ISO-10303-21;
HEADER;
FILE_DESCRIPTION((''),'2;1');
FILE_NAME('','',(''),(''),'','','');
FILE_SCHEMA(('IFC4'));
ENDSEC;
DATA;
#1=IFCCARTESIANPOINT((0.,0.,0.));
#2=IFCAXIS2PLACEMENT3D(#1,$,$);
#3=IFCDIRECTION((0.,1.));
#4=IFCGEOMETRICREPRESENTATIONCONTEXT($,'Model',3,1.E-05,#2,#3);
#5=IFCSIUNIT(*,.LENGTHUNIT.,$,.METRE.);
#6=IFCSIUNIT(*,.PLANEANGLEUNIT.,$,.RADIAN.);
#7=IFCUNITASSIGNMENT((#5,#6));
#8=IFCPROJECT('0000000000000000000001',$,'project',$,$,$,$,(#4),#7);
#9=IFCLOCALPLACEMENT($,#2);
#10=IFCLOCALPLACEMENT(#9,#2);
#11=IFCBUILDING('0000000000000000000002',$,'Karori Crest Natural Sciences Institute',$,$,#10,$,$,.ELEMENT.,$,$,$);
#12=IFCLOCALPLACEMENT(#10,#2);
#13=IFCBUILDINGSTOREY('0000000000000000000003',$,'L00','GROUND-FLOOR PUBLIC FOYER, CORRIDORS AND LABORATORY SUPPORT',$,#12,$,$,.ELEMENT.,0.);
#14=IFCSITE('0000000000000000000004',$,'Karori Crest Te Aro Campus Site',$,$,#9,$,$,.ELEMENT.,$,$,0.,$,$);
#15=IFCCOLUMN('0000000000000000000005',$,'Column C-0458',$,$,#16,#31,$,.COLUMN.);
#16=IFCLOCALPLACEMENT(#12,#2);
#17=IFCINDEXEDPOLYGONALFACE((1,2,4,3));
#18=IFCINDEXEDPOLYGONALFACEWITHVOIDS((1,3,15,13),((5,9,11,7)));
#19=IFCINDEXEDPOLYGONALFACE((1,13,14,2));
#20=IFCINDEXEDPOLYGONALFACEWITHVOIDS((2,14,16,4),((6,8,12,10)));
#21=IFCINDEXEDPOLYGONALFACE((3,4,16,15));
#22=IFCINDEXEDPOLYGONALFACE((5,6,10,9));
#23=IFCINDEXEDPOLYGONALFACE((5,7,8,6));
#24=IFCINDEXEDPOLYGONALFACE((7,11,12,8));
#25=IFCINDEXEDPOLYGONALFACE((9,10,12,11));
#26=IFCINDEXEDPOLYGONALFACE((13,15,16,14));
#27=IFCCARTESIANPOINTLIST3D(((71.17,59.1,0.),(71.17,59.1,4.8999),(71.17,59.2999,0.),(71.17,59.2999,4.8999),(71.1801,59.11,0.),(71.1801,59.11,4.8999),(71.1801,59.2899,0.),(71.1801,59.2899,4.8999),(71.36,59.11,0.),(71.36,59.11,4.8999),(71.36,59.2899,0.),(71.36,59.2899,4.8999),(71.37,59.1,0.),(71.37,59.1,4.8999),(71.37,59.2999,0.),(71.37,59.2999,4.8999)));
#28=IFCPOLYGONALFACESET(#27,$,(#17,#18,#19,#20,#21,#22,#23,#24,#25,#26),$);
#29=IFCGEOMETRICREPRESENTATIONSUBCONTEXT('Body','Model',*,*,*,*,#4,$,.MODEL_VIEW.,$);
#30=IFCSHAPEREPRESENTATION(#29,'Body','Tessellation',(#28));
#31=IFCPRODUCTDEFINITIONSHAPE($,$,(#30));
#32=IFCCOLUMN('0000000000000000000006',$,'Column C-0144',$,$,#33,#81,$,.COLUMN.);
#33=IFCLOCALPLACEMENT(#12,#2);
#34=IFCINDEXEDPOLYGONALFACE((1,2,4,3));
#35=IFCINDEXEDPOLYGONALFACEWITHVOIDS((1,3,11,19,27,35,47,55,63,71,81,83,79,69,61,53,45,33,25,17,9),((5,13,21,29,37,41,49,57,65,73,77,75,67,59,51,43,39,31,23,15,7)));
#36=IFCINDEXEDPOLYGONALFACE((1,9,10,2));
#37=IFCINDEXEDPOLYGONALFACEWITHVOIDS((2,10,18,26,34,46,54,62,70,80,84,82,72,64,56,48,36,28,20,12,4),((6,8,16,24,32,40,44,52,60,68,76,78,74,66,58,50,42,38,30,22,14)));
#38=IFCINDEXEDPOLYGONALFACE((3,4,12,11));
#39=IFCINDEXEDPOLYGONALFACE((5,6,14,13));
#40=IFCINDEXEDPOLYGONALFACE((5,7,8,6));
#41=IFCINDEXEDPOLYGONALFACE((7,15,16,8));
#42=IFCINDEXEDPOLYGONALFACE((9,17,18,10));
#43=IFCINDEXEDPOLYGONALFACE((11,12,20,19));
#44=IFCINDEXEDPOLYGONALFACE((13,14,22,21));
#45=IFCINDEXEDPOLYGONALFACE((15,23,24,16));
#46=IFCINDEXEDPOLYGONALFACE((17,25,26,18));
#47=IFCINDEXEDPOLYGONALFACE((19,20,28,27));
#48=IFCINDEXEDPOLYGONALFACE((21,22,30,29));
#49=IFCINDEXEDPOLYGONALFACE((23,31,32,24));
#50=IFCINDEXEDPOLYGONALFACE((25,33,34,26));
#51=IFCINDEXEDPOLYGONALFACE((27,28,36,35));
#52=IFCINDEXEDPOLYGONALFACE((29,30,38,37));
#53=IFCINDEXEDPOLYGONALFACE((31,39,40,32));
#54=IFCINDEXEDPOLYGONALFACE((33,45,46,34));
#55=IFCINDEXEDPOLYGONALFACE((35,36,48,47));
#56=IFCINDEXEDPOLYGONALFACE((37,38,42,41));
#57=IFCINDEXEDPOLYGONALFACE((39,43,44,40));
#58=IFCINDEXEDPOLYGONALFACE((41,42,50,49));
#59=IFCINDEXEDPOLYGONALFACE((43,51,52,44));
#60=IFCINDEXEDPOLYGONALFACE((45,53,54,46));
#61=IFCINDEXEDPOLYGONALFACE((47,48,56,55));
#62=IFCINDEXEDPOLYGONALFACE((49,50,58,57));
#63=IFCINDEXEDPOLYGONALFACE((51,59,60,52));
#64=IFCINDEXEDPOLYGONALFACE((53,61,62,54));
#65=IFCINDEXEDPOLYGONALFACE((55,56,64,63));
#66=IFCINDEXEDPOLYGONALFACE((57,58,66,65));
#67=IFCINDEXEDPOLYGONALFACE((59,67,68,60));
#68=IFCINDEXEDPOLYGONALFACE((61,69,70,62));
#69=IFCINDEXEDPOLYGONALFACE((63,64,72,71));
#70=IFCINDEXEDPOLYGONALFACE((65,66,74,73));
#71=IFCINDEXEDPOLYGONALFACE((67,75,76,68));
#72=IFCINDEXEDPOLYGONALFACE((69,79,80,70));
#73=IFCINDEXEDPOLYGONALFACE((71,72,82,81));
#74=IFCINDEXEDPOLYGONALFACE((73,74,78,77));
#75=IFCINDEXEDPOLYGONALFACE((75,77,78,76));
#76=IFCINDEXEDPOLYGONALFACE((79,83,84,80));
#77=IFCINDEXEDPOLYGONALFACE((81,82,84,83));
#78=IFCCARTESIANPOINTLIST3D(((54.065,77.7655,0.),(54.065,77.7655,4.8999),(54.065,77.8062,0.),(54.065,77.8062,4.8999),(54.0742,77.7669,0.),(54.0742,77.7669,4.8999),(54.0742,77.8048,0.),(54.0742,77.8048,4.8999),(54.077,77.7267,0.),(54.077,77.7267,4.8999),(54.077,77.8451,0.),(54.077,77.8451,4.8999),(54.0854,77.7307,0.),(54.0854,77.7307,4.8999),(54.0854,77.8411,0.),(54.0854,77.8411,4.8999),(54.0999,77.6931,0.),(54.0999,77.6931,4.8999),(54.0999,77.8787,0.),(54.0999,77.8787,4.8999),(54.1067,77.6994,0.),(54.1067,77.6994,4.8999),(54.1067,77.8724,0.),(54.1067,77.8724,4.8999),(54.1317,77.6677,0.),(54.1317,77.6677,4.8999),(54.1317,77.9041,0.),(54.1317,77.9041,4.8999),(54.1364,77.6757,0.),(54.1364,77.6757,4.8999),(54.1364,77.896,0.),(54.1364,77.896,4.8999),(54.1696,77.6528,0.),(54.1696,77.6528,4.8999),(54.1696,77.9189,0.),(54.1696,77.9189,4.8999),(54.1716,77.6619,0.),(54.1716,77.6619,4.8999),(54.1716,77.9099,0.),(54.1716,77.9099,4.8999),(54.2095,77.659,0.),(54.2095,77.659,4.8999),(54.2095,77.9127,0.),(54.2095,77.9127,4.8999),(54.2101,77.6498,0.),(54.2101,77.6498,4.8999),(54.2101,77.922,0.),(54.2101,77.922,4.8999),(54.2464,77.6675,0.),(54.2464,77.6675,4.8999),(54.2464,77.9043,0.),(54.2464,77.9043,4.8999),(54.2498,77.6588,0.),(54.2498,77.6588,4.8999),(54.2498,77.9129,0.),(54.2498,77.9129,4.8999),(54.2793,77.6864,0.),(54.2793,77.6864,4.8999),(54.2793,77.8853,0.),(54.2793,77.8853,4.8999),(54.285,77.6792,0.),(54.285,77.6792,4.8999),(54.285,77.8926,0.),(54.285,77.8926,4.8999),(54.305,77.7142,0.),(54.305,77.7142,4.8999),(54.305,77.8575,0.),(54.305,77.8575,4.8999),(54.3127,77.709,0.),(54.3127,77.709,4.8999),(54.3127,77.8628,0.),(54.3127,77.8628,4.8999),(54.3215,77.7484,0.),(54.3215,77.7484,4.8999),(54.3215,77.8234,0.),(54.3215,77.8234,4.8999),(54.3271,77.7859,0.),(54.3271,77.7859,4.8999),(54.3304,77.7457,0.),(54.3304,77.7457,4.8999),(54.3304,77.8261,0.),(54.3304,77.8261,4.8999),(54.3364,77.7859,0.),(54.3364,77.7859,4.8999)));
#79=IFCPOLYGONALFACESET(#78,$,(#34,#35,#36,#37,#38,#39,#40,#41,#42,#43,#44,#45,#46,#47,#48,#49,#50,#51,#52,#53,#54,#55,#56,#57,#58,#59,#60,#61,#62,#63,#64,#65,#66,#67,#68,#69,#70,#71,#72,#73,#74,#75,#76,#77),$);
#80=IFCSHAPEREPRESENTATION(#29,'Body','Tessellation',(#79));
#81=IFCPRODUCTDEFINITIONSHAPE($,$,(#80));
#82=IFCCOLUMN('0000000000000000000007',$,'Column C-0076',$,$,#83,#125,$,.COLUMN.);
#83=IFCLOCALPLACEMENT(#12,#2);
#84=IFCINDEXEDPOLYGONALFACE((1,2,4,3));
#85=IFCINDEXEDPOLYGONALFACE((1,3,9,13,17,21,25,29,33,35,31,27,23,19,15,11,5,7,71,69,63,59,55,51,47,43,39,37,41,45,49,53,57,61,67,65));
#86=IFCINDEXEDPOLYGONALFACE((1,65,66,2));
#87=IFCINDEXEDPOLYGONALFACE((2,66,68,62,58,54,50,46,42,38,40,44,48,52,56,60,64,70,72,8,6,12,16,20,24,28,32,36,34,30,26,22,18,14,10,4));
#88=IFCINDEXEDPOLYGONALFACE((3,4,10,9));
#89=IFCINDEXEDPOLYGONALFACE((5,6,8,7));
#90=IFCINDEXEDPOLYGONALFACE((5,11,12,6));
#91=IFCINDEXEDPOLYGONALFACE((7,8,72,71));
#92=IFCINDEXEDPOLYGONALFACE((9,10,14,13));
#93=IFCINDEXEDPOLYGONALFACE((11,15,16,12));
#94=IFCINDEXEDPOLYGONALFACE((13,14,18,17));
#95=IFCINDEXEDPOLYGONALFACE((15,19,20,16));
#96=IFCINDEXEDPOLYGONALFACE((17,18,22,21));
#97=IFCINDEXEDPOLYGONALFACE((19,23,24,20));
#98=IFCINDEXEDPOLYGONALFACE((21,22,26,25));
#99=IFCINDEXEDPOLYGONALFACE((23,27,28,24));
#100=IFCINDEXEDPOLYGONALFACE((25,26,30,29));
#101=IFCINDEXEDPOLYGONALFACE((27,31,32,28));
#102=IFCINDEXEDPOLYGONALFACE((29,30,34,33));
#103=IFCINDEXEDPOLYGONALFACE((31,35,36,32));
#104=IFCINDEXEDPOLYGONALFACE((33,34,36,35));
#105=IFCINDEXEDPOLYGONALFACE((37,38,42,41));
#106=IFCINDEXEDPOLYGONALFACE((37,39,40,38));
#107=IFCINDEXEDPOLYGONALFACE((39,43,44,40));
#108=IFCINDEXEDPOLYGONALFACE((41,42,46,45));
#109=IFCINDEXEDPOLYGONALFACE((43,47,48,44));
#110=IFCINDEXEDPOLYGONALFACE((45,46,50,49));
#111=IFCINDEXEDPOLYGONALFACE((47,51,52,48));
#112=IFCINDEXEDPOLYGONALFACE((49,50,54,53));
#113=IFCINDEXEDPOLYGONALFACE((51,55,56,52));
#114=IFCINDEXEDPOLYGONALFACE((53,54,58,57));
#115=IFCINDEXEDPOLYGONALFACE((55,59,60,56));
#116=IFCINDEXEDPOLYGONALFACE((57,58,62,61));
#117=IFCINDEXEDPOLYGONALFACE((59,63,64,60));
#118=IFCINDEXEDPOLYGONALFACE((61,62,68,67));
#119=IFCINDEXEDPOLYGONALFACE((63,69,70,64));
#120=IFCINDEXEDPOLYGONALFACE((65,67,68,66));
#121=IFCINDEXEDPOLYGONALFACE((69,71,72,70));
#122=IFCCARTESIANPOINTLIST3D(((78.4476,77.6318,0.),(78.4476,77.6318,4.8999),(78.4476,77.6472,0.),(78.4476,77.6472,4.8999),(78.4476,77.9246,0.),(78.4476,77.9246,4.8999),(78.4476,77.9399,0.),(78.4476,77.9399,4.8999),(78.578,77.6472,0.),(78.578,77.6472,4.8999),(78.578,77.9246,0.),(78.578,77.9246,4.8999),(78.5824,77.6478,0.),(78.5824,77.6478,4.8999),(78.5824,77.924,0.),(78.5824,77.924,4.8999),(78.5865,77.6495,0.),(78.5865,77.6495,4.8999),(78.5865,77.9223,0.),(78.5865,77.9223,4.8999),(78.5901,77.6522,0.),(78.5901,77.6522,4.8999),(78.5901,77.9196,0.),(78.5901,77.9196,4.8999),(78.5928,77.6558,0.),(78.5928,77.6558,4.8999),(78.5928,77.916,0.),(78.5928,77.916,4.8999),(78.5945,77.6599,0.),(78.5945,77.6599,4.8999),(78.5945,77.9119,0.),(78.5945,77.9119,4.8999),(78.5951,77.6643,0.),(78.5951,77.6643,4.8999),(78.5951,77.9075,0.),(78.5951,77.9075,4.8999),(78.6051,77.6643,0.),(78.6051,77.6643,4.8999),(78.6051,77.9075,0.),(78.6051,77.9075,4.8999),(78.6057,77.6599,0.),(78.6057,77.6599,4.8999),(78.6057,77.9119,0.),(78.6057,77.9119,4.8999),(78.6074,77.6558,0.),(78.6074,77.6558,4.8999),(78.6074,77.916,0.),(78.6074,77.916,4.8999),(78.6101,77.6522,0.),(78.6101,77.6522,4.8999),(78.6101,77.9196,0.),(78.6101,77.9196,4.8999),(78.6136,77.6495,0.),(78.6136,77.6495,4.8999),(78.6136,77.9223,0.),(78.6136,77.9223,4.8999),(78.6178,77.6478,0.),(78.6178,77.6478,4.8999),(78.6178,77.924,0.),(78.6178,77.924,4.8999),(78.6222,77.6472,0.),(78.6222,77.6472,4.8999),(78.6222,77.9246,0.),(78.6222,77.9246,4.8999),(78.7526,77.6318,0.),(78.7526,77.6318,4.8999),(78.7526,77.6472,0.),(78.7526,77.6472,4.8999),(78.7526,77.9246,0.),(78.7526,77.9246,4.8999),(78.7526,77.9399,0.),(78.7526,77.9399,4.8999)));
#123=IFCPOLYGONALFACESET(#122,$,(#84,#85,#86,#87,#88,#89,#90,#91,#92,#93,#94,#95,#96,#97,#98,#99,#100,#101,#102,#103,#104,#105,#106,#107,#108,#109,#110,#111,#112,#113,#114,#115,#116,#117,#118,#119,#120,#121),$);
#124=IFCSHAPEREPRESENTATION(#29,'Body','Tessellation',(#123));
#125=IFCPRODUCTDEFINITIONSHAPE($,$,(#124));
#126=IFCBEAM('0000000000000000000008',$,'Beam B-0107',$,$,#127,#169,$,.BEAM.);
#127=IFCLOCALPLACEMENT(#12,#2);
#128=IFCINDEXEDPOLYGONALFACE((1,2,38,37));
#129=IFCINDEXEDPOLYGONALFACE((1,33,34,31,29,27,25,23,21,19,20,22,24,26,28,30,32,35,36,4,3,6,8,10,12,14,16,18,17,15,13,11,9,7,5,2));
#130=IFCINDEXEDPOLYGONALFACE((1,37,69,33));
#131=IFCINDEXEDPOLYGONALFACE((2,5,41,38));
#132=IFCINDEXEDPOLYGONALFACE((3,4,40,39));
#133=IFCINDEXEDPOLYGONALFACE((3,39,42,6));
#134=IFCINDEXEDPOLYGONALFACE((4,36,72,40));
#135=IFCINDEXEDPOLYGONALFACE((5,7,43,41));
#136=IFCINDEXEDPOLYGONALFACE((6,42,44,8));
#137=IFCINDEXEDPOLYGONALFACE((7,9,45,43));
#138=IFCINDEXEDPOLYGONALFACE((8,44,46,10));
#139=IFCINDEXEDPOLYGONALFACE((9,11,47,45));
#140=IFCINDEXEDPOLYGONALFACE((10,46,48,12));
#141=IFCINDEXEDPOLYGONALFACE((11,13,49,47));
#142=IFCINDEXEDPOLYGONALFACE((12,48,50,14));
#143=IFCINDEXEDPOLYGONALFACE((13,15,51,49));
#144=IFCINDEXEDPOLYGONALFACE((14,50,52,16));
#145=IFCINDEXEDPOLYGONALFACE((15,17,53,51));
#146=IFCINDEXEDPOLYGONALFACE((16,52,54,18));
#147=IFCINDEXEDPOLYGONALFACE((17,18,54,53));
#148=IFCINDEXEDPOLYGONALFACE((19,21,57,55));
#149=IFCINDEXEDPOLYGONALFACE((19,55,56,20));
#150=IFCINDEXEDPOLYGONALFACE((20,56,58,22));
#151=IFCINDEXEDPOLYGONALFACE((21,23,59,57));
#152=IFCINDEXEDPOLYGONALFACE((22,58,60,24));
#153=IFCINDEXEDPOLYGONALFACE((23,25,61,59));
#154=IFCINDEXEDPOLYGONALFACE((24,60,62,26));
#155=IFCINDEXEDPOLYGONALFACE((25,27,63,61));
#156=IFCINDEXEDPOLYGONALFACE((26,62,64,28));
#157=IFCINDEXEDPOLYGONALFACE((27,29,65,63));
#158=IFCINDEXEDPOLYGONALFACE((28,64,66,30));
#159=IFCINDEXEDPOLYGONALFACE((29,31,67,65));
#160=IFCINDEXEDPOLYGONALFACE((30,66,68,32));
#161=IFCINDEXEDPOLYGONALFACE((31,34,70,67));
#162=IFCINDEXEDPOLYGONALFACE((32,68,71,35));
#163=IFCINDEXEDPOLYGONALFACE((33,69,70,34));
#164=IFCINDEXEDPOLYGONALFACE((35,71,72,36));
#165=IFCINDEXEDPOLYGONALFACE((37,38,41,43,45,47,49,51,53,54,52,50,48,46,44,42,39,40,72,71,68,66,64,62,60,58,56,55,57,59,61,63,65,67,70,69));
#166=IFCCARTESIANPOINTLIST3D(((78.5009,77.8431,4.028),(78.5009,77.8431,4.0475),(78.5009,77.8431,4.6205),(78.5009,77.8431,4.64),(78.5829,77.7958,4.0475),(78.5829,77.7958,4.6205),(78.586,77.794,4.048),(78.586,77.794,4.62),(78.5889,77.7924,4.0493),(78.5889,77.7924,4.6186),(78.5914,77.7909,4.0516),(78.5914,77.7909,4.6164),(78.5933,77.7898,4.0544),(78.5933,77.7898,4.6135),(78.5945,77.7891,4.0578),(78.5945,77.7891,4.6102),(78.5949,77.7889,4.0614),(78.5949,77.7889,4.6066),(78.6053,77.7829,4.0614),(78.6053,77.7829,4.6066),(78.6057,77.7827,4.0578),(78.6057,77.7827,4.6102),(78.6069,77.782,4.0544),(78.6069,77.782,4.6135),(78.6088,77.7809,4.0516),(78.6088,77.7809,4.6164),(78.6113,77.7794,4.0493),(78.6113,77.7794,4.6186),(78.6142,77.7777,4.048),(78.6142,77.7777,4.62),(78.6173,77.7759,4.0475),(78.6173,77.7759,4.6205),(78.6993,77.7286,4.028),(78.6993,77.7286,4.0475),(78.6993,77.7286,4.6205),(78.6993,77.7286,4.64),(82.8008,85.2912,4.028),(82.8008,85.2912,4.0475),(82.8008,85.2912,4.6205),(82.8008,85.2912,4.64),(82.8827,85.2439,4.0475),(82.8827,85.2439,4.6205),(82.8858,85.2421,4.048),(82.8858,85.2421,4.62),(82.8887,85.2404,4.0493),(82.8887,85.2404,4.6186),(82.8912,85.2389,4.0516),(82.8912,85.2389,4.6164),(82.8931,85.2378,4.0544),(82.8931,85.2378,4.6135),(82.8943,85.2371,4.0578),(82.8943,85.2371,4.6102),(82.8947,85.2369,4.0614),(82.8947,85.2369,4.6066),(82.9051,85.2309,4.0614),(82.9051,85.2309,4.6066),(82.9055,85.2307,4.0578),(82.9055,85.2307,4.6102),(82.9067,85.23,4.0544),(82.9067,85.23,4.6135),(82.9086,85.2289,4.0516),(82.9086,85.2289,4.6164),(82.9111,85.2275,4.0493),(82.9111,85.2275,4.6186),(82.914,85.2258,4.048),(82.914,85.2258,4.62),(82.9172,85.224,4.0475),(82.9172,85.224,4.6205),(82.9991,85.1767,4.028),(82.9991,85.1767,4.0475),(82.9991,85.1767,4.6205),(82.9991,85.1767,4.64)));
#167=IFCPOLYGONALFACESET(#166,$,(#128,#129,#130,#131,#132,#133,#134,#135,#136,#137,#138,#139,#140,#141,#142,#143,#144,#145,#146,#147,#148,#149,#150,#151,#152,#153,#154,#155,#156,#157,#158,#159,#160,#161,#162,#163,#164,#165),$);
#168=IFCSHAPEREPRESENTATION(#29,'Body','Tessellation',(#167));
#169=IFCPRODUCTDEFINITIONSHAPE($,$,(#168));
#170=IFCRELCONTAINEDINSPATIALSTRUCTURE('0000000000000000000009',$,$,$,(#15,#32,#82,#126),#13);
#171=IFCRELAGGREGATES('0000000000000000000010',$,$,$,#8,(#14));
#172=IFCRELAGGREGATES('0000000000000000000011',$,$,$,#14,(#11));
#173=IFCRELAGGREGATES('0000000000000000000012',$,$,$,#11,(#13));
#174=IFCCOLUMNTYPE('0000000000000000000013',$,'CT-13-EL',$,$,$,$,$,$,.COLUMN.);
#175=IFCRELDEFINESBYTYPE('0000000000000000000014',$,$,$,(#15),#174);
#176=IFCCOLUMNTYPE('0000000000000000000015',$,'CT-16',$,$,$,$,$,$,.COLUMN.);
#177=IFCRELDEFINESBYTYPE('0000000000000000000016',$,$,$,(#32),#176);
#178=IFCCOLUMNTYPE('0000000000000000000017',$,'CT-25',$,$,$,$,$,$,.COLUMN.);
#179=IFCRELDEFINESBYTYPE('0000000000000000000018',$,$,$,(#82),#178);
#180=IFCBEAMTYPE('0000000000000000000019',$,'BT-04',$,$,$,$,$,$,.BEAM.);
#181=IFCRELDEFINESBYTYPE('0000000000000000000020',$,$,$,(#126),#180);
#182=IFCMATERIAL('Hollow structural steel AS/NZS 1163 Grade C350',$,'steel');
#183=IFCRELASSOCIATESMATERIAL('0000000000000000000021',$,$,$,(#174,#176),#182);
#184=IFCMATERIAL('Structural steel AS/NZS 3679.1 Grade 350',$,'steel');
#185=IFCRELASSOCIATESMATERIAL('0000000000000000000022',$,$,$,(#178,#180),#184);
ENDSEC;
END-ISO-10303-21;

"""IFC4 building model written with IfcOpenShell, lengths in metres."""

from ifc_helpers import new_model, si_unit, direction, frame, origin, origin_2d, place, context, subcontext, project, spatial, hollow_rectangle, hollow_circle, i_section, extrude, material, material_profile, profile_set, type_object, element, save


model = new_model("IFC4")

# Units and contexts
model_context = context("Model", 3, precision=1e-05, world=origin(), true_north=direction((0.0, 1.0)))
body_context = subcontext(model_context, "Body", "Model", "MODEL_VIEW")
ifc_project = project(units=[si_unit("LENGTHUNIT", "METRE"), si_unit("PLANEANGLEUNIT", "RADIAN")], contexts=[model_context])

# Site, building, storey
site_placement = place(None, origin())
site = spatial("IfcSite", under=ifc_project, at=site_placement, Name="Karori Crest Te Aro Campus Site", CompositionType="ELEMENT", RefElevation=0.0)
building_placement = place(site_placement, origin())
building = spatial("IfcBuilding", under=site, at=building_placement, Name="Karori Crest Natural Sciences Institute", CompositionType="ELEMENT")
storey_placement = place(building_placement, origin())
storey = spatial("IfcBuildingStorey", under=building, at=storey_placement, Name="L00", Description="GROUND-FLOOR PUBLIC FOYER, CORRIDORS AND LABORATORY SUPPORT", CompositionType="ELEMENT", Elevation=0.0)

# Columns
ifc_material_1 = material(Name="Hollow structural steel AS/NZS 1163 Grade C350", Category="steel")
ifc_material_profile_1 = material_profile(ifc_material_1, hollow_rectangle(XDim=0.2, YDim=0.2, WallThickness=0.01, at=origin_2d()), Name="SHS200x200x10")
ifc_profile_set_1 = profile_set([ifc_material_profile_1], Name="Hollow structural steel AS/NZS 1163 Grade C350")
column_type_1 = type_object("IfcColumnType", Name="CT-13-EL", PredefinedType="COLUMN", material=ifc_profile_set_1)
column_1_placement = place(storey_placement, frame((71.27, 59.2, 0.0), z_axis=(0.0, 0.0, 1.0), x_axis=(1.0, 0.0, 0.0)))
element("IfcColumn", 1, at=column_1_placement, inside=storey, type_object=column_type_1, Name="Column C-0458", PredefinedType="COLUMN", context=body_context, shape_type="SweptSolid", body=[
    extrude(hollow_rectangle(XDim=0.2, YDim=0.2, WallThickness=0.01, at=origin_2d()), origin(), (0.0, 0.0, 1.0), 4.8999),
])
ifc_material_profile_2 = material_profile(ifc_material_1, hollow_circle(Radius=0.1365, WallThickness=0.0093, at=origin_2d()), Name="CHS273.0x9.3")
ifc_profile_set_2 = profile_set([ifc_material_profile_2], Name="Hollow structural steel AS/NZS 1163 Grade C350")
column_type_2 = type_object("IfcColumnType", Name="CT-16", PredefinedType="COLUMN", material=ifc_profile_set_2)
column_2_placement = place(storey_placement, frame((54.2, 77.7859, 0.0), z_axis=(0.0, 0.0, 1.0), x_axis=(1.0, 0.0, 0.0)))
element("IfcColumn", 2, at=column_2_placement, inside=storey, type_object=column_type_2, Name="Column C-0144", PredefinedType="COLUMN", context=body_context, shape_type="SweptSolid", body=[
    extrude(hollow_circle(Radius=0.1365, WallThickness=0.0093, at=origin_2d()), origin(), (0.0, 0.0, 1.0), 4.8999),
])
ifc_material_2 = material(Name="Structural steel AS/NZS 3679.1 Grade 350", Category="steel")
ifc_material_profile_3 = material_profile(ifc_material_2, i_section(OverallWidth=0.3049, OverallDepth=0.3081, WebThickness=0.01, FlangeThickness=0.0154, FilletRadius=0.0171, at=origin_2d()), Name="310UC96.8")
ifc_profile_set_3 = profile_set([ifc_material_profile_3], Name="Structural steel AS/NZS 3679.1 Grade 350")
column_type_3 = type_object("IfcColumnType", Name="CT-25", PredefinedType="COLUMN", material=ifc_profile_set_3)
column_3_placement = place(storey_placement, frame((78.6001, 77.7859, 0.0), z_axis=(0.0, 0.0, 1.0), x_axis=(1.0, 0.0, 0.0)))
element("IfcColumn", 3, at=column_3_placement, inside=storey, type_object=column_type_3, Name="Column C-0076", PredefinedType="COLUMN", context=body_context, shape_type="SweptSolid", body=[
    extrude(i_section(OverallWidth=0.3049, OverallDepth=0.3081, WebThickness=0.01, FlangeThickness=0.0154, FilletRadius=0.0171, at=origin_2d()), origin(), (0.0, 0.0, 1.0), 4.8999),
])

# Beam
ifc_material_profile_4 = material_profile(ifc_material_2, i_section(OverallWidth=0.229, OverallDepth=0.6121, WebThickness=0.012, FlangeThickness=0.0195, FilletRadius=0.0139, at=origin_2d()), Name="610UB125")
ifc_profile_set_4 = profile_set([ifc_material_profile_4], Name="Structural steel AS/NZS 3679.1 Grade 350")
beam_type_1 = type_object("IfcBeamType", Name="BT-04", PredefinedType="BEAM", material=ifc_profile_set_4)
for number, where, z_axis, x_axis, name in (
    (4, (78.6001, 77.7859, 4.334), (0.499974, 0.86604, 0.0), (-0.86604, 0.499974, 0.0), "Beam B-0107"),
):
    element("IfcBeam", number, at=place(storey_placement, frame(where, z_axis=z_axis, x_axis=x_axis)), inside=storey, type_object=beam_type_1, Name=name, PredefinedType="BEAM", context=body_context, shape_type="SweptSolid", body=[
        extrude(i_section(OverallWidth=0.229, OverallDepth=0.6121, WebThickness=0.012, FlangeThickness=0.0195, FilletRadius=0.0139, at=origin_2d()), origin(), (0.0, 0.0, 1.0), 8.6001),
    ])

save(model, "model.ifc")
